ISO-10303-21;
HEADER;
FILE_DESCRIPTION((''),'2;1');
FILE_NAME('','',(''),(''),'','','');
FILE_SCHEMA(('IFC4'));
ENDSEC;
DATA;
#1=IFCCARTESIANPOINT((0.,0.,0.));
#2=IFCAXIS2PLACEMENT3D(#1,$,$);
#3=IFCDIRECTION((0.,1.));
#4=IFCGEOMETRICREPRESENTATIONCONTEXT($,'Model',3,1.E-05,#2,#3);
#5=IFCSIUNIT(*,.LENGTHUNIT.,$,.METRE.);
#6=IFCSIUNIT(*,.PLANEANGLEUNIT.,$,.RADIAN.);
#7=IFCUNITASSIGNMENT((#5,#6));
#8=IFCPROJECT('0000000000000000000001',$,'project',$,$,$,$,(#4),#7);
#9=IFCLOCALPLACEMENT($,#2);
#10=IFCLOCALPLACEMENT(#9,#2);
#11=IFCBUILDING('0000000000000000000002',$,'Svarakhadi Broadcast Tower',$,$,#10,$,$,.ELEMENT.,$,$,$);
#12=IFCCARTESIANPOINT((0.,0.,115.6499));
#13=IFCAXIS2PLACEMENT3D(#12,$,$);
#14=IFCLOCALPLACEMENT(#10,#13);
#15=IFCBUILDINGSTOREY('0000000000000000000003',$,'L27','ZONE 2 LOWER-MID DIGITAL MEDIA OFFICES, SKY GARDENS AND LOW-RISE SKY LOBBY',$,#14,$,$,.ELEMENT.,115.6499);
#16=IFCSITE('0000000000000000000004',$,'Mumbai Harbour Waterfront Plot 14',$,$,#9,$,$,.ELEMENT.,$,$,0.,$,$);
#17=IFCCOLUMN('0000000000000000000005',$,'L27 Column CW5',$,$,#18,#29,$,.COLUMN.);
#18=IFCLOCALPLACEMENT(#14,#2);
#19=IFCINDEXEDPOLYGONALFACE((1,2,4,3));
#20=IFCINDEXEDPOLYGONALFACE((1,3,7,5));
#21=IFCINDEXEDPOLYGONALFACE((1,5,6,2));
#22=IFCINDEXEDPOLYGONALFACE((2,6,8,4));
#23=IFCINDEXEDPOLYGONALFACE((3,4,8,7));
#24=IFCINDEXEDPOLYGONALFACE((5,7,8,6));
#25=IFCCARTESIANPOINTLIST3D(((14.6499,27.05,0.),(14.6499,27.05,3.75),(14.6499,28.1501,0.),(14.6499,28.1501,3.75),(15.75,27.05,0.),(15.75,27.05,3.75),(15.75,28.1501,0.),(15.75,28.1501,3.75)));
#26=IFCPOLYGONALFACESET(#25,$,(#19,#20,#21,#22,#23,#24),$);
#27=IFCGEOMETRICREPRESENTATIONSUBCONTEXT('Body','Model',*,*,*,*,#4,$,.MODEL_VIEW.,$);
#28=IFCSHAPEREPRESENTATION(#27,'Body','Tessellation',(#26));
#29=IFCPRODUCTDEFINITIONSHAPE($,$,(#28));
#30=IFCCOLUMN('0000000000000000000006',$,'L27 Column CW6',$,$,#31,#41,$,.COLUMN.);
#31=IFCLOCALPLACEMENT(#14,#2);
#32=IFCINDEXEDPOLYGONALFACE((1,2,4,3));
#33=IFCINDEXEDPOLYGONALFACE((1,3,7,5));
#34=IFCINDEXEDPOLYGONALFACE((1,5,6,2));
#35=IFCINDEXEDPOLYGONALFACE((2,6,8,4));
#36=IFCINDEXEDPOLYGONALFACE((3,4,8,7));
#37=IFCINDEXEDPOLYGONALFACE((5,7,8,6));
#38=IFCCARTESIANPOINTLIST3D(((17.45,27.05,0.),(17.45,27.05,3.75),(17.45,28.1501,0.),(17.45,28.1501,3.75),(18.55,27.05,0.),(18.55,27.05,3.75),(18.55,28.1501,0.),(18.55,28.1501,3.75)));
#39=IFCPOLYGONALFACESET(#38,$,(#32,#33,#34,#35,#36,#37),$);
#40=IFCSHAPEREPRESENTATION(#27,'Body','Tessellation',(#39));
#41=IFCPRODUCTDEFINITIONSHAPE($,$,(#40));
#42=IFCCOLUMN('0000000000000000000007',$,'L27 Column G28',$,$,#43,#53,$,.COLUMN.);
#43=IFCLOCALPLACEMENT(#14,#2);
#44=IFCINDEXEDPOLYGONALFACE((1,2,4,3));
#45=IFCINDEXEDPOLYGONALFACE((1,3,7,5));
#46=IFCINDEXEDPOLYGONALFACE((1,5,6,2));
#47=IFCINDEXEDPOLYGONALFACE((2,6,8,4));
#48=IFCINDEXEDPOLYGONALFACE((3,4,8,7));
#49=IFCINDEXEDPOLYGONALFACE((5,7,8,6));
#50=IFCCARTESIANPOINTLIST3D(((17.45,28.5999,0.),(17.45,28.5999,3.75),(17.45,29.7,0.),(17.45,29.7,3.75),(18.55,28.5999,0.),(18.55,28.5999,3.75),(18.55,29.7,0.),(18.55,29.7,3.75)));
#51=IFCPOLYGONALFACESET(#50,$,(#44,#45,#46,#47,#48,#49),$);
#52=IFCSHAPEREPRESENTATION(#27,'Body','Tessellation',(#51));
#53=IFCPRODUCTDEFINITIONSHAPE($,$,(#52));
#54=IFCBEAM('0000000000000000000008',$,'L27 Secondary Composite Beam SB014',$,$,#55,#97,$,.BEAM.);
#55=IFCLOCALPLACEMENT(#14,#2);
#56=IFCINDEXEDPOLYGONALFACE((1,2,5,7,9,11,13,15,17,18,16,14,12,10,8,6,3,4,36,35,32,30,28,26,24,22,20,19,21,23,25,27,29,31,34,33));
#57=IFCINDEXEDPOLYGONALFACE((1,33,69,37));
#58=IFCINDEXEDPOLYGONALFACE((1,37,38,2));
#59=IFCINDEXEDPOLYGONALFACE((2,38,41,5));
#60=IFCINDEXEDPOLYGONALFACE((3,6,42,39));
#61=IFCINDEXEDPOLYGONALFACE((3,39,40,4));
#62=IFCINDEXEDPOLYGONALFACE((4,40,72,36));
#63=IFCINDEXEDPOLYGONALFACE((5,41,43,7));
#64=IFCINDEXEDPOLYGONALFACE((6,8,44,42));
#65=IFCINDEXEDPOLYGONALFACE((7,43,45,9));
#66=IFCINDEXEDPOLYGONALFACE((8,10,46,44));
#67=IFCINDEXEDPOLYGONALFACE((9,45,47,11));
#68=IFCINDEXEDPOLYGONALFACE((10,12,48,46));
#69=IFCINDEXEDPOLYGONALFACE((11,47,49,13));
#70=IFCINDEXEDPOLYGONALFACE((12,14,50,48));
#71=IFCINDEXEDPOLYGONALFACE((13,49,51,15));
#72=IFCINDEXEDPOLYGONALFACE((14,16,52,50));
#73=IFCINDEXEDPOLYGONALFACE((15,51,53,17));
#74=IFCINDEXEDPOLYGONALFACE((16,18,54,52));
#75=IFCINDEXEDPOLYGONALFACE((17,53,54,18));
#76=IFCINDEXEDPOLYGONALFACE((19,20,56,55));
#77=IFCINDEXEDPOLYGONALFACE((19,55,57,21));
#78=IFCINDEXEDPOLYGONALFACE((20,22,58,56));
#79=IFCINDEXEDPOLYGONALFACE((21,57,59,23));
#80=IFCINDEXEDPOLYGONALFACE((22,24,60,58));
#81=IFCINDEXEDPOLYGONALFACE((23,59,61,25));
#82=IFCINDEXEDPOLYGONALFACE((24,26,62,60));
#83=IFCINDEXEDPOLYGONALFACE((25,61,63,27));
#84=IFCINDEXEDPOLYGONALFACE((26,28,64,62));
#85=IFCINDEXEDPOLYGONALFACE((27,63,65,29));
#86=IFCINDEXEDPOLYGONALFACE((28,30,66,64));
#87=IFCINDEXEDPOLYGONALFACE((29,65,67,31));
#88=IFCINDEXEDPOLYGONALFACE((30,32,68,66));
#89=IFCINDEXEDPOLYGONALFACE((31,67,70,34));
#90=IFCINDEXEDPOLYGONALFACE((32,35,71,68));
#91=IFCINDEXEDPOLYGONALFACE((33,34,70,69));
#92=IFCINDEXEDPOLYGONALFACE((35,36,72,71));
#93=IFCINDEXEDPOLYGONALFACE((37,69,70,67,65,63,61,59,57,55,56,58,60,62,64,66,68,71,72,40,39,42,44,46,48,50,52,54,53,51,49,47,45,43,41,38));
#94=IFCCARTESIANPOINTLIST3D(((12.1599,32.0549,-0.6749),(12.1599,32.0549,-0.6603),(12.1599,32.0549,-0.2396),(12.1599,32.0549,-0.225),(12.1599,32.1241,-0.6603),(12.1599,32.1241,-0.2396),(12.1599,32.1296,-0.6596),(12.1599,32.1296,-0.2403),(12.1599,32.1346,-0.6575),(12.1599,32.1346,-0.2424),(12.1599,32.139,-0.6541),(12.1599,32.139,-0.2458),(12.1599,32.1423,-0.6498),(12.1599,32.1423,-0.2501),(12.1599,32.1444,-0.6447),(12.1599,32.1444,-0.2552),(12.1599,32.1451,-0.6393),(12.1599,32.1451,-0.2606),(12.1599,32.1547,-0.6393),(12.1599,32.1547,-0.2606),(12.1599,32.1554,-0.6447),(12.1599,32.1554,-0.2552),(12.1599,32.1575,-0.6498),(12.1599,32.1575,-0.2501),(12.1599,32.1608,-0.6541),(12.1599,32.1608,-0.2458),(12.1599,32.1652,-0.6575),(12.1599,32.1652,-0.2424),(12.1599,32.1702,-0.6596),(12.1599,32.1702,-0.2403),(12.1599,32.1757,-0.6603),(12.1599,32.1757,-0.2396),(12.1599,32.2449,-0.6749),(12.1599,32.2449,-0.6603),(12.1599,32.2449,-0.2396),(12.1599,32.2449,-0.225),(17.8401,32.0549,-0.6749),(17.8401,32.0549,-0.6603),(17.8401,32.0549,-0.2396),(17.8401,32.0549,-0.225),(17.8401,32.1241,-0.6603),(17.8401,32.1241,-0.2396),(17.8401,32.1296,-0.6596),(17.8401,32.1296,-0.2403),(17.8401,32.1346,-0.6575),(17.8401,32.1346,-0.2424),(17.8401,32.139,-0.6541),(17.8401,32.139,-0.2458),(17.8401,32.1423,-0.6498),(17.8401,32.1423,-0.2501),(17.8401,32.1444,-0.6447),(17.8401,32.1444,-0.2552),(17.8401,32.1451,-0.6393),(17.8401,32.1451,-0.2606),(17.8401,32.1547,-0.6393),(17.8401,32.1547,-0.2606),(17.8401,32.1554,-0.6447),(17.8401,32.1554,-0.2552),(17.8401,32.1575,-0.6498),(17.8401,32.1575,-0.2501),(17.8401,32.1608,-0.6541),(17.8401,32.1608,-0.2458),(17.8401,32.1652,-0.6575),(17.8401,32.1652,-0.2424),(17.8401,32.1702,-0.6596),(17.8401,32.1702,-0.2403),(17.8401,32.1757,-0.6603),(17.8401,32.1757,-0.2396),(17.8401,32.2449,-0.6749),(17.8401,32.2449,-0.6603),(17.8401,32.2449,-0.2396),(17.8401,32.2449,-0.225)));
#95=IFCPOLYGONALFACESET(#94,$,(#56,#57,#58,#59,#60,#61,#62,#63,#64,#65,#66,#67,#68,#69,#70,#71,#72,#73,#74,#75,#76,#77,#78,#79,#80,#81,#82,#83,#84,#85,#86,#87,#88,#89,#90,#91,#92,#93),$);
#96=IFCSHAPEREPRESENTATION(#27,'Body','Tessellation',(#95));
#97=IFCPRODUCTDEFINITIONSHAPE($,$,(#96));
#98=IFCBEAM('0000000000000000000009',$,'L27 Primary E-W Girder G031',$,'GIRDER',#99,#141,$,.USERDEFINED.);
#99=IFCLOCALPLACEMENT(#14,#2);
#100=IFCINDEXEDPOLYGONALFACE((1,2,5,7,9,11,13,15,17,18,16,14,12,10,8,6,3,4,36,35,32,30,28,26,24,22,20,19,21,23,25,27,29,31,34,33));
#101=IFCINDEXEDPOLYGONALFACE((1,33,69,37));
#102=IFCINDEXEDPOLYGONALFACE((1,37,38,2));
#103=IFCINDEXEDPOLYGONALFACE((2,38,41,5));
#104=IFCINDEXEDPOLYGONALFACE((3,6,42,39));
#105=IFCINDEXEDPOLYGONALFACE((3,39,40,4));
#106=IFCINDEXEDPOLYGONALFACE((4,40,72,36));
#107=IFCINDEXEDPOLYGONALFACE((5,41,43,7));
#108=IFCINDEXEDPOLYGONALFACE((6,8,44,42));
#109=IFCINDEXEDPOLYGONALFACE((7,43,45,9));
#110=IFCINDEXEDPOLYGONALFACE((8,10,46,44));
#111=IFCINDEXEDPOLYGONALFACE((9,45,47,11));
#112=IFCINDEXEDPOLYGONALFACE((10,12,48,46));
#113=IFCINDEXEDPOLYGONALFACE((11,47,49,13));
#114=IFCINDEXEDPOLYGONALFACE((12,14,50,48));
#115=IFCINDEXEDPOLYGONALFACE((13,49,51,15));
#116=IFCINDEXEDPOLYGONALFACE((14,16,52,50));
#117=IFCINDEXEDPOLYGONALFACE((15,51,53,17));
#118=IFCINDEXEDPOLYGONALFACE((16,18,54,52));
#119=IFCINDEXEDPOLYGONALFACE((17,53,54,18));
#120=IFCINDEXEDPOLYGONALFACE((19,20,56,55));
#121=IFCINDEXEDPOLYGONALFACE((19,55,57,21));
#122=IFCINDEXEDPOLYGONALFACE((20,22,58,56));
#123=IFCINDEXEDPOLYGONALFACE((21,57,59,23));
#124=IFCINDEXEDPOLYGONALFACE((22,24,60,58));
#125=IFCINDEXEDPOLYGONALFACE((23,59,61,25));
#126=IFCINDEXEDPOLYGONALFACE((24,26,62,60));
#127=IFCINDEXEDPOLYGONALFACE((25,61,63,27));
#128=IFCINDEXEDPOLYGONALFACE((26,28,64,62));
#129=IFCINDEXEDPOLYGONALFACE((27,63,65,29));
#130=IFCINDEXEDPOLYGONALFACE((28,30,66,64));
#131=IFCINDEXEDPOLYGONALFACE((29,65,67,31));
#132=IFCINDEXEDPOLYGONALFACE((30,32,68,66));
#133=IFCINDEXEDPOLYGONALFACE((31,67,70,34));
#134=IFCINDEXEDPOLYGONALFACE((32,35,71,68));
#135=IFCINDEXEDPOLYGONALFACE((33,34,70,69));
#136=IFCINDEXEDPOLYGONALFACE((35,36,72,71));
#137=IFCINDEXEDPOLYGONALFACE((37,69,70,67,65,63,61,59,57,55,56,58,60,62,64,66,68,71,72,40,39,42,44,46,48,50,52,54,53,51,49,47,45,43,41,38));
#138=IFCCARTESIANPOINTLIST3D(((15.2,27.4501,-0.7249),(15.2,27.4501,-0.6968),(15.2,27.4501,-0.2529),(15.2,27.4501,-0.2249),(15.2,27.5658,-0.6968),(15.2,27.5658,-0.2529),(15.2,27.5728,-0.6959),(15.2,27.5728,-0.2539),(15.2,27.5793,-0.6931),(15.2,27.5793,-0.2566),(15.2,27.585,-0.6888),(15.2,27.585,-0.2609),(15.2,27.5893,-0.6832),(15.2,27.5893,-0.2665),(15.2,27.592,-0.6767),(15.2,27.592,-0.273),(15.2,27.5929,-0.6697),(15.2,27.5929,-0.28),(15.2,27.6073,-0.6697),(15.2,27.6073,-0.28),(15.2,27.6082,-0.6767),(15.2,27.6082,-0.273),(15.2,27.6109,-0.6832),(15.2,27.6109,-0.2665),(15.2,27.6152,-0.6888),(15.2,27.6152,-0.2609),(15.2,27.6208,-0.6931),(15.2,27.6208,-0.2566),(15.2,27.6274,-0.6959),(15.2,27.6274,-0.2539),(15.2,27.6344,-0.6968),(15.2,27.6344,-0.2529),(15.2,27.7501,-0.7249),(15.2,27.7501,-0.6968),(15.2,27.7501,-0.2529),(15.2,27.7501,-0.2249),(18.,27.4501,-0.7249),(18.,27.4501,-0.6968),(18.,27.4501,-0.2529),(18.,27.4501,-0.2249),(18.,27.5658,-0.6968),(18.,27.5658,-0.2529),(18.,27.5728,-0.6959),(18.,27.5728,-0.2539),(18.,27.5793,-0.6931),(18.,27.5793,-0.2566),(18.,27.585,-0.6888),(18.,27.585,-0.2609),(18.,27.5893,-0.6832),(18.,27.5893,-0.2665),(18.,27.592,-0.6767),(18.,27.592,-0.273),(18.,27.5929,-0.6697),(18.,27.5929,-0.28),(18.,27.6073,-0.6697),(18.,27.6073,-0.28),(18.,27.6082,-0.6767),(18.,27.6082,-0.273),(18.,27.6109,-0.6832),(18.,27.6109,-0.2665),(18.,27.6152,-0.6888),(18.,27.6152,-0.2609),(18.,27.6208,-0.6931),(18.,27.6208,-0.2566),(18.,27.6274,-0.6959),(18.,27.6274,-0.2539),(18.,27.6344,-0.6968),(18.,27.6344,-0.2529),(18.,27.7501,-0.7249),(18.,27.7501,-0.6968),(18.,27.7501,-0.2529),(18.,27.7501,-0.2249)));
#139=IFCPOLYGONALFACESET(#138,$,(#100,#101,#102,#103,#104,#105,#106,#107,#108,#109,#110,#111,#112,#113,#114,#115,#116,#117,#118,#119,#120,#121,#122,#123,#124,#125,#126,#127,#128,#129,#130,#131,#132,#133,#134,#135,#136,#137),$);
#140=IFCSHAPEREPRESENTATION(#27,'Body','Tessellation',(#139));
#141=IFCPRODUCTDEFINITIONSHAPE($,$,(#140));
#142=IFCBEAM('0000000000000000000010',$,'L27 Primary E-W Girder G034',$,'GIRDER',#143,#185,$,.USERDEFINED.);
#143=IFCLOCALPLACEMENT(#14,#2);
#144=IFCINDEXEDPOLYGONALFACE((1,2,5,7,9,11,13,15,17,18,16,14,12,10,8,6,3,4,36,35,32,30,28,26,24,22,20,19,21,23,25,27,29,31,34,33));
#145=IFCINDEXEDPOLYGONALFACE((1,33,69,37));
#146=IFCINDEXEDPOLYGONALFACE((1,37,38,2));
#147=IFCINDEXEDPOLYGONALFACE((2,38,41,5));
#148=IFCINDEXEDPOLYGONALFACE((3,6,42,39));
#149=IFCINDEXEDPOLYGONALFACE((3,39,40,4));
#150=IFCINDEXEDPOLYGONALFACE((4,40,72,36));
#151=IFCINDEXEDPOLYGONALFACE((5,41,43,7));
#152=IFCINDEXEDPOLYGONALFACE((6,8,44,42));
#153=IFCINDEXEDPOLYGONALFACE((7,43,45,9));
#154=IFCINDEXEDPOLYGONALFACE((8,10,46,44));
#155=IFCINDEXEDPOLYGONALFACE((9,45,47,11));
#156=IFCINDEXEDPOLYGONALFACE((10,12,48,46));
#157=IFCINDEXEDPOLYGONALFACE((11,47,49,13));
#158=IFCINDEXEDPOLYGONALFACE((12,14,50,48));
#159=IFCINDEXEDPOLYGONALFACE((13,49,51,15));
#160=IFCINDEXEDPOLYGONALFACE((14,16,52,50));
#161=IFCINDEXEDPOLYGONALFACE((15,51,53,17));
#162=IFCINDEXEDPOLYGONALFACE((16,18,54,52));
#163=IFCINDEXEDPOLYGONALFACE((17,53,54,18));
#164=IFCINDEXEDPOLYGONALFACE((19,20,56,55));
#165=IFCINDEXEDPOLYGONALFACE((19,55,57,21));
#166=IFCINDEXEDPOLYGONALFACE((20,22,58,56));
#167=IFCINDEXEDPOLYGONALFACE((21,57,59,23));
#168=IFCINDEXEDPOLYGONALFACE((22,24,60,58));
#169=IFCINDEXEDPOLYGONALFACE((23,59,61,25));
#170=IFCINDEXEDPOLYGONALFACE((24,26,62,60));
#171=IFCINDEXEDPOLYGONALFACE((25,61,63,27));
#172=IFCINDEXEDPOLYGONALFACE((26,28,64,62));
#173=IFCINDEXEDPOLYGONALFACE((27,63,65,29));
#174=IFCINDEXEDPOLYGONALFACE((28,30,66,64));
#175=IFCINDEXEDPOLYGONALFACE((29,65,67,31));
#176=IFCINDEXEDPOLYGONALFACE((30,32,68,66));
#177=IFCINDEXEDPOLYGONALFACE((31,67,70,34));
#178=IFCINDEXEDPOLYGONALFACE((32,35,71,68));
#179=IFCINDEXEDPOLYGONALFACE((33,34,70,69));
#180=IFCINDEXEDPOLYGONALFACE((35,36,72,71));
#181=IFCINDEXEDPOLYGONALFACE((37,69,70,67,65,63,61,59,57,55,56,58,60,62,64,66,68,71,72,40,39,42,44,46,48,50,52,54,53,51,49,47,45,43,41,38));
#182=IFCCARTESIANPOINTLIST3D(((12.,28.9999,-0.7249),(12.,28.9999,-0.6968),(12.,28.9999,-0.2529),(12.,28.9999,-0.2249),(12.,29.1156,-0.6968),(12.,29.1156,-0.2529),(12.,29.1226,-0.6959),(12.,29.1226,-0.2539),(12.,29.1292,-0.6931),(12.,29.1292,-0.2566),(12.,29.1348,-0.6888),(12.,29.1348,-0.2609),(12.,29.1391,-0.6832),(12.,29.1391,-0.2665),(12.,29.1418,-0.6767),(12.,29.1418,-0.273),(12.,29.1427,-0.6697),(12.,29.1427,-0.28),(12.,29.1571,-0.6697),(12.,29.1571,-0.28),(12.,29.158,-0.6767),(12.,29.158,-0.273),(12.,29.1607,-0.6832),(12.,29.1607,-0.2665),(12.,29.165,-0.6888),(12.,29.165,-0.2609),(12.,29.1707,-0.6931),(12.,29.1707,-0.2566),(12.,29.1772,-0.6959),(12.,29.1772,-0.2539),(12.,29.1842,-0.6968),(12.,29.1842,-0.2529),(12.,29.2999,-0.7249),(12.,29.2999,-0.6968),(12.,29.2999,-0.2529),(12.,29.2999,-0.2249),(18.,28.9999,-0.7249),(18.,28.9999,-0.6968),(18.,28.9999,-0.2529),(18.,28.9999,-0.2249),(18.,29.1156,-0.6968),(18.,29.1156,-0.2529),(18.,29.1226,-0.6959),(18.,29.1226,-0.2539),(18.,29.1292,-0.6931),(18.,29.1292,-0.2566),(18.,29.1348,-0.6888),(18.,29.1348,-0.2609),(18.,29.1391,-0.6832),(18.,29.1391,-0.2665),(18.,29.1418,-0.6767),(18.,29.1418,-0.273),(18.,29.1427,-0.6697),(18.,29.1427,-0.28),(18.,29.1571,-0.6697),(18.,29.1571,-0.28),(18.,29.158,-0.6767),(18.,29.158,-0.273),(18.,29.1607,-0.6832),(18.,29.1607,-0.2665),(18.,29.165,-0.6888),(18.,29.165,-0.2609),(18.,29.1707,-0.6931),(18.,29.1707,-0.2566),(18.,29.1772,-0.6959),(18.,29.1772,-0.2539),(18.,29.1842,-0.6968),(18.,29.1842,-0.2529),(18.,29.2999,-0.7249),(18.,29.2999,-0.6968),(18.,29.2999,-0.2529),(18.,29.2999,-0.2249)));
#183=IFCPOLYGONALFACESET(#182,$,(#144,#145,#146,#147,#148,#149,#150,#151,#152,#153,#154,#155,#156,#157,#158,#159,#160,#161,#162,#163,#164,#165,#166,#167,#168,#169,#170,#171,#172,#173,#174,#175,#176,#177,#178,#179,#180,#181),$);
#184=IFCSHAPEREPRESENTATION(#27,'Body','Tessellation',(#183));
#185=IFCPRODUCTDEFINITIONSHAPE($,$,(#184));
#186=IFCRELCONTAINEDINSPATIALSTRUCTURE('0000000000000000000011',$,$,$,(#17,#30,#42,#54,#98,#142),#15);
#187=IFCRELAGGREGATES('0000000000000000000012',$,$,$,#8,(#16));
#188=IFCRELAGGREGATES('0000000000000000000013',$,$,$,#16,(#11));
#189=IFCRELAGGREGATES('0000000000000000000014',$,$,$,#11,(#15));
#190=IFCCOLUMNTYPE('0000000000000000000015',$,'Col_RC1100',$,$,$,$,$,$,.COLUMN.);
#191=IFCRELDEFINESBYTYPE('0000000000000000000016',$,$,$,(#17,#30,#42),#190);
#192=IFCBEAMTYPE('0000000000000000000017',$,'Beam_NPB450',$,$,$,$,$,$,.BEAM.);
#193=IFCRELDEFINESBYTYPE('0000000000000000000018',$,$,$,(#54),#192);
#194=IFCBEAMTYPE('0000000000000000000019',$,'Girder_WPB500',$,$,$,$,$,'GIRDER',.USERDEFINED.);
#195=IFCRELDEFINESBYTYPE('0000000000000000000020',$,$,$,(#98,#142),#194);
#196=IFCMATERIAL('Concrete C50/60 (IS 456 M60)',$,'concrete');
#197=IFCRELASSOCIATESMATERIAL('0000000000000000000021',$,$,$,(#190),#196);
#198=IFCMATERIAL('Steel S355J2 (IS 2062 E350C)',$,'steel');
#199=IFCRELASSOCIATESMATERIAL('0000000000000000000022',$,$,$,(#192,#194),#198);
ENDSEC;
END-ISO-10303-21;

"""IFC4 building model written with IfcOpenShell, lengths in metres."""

from ifc_helpers import new_model, si_unit, direction, frame, origin, origin_2d, place, context, subcontext, project, spatial, rectangle, i_section, extrude, material, material_profile, profile_set, type_object, element, save


model = new_model("IFC4")

# Units and contexts
model_context = context("Model", 3, precision=1e-05, world=origin(), true_north=direction((0.0, 1.0)))
body_context = subcontext(model_context, "Body", "Model", "MODEL_VIEW")
ifc_project = project(units=[si_unit("LENGTHUNIT", "METRE"), si_unit("PLANEANGLEUNIT", "RADIAN")], contexts=[model_context])

# Site, building, storey
site_placement = place(None, origin())
site = spatial("IfcSite", under=ifc_project, at=site_placement, Name="Mumbai Harbour Waterfront Plot 14", CompositionType="ELEMENT", RefElevation=0.0)
building_placement = place(site_placement, origin())
building = spatial("IfcBuilding", under=site, at=building_placement, Name="Svarakhadi Broadcast Tower", CompositionType="ELEMENT")
storey_placement = place(building_placement, frame((0.0, 0.0, 115.6499)))
storey = spatial("IfcBuildingStorey", under=building, at=storey_placement, Name="L27", Description="ZONE 2 LOWER-MID DIGITAL MEDIA OFFICES, SKY GARDENS AND LOW-RISE SKY LOBBY", CompositionType="ELEMENT", Elevation=115.6499)

# Columns
ifc_material_1 = material(Name="Concrete C50/60 (IS 456 M60)", Category="concrete")
ifc_material_profile_1 = material_profile(ifc_material_1, rectangle(XDim=1.1001, YDim=1.1001, at=origin_2d()), Name="RC 1100x1100")
ifc_profile_set_1 = profile_set([ifc_material_profile_1], Name="Concrete C50/60 (IS 456 M60)")
column_type = type_object("IfcColumnType", Name="Col_RC1100", PredefinedType="COLUMN", material=ifc_profile_set_1)
for number, where, z_axis, x_axis, name in (
    (1, (15.2, 27.6001, 0.0), (0.0, 0.0, 1.0), (1.0, 0.0, 0.0), "L27 Column CW5"),
    (2, (18.0, 27.6001, 0.0), (0.0, 0.0, 1.0), (1.0, 0.0, 0.0), "L27 Column CW6"),
    (3, (18.0, 29.1499, 0.0), (0.0, 0.0, 1.0), (1.0, 0.0, 0.0), "L27 Column G28"),
):
    element("IfcColumn", number, at=place(storey_placement, frame(where, z_axis=z_axis, x_axis=x_axis)), inside=storey, type_object=column_type, Name=name, PredefinedType="COLUMN", context=body_context, shape_type="SweptSolid", body=[
        extrude(rectangle(XDim=1.1001, YDim=1.1001, at=origin_2d()), origin(), (0.0, 0.0, 1.0), 3.75),
    ])

# Beams
ifc_material_2 = material(Name="Steel S355J2 (IS 2062 E350C)", Category="steel")
ifc_material_profile_2 = material_profile(ifc_material_2, i_section(OverallWidth=0.1899, OverallDepth=0.45, WebThickness=0.0095, FlangeThickness=0.0146, FilletRadius=0.021, at=origin_2d()), Name="NPB 450x190x78")
ifc_profile_set_2 = profile_set([ifc_material_profile_2], Name="Steel S355J2 (IS 2062 E350C)")
beam_type_1 = type_object("IfcBeamType", Name="Beam_NPB450", PredefinedType="BEAM", material=ifc_profile_set_2)
beam_1_placement = place(storey_placement, frame((12.1599, 32.1499, -0.45), z_axis=(1.0, 0.0, 0.0), x_axis=(0.0, 1.0, 0.0)))
element("IfcBeam", 4, at=beam_1_placement, inside=storey, type_object=beam_type_1, Name="L27 Secondary Composite Beam SB014", PredefinedType="BEAM", context=body_context, shape_type="SweptSolid", body=[
    extrude(i_section(OverallWidth=0.1899, OverallDepth=0.45, WebThickness=0.0095, FlangeThickness=0.0146, FilletRadius=0.021, at=origin_2d()), origin(), (0.0, 0.0, 1.0), 5.6802),
])
ifc_material_profile_3 = material_profile(ifc_material_2, i_section(OverallWidth=0.3, OverallDepth=0.5, WebThickness=0.0144, FlangeThickness=0.0281, FilletRadius=0.0271, at=origin_2d()), Name="WPB 500x300x187")
ifc_profile_set_3 = profile_set([ifc_material_profile_3], Name="Steel S355J2 (IS 2062 E350C)")
beam_type_2 = type_object("IfcBeamType", Name="Girder_WPB500", ElementType="GIRDER", PredefinedType="USERDEFINED", material=ifc_profile_set_3)
beam_2_placement = place(storey_placement, frame((15.2, 27.6001, -0.4749), z_axis=(1.0, 0.0, 0.0), x_axis=(0.0, 1.0, 0.0)))
element("IfcBeam", 5, at=beam_2_placement, inside=storey, type_object=beam_type_2, Name="L27 Primary E-W Girder G031", ObjectType="GIRDER", PredefinedType="USERDEFINED", context=body_context, shape_type="SweptSolid", body=[
    extrude(i_section(OverallWidth=0.3, OverallDepth=0.5, WebThickness=0.0144, FlangeThickness=0.0281, FilletRadius=0.0271, at=origin_2d()), origin(), (0.0, 0.0, 1.0), 2.8),
])
for number, where, z_axis, x_axis, name in (
    (6, (12.0, 29.1499, -0.4749), (1.0, 0.0, 0.0), (0.0, 1.0, 0.0), "L27 Primary E-W Girder G034"),
):
    element("IfcBeam", number, at=place(storey_placement, frame(where, z_axis=z_axis, x_axis=x_axis)), inside=storey, type_object=beam_type_2, Name=name, ObjectType="GIRDER", PredefinedType="USERDEFINED", context=body_context, shape_type="SweptSolid", body=[
        extrude(i_section(OverallWidth=0.3, OverallDepth=0.5, WebThickness=0.0144, FlangeThickness=0.0281, FilletRadius=0.0271, at=origin_2d()), origin(), (0.0, 0.0, 1.0), 6.0),
    ])

save(model, "model.ifc")
